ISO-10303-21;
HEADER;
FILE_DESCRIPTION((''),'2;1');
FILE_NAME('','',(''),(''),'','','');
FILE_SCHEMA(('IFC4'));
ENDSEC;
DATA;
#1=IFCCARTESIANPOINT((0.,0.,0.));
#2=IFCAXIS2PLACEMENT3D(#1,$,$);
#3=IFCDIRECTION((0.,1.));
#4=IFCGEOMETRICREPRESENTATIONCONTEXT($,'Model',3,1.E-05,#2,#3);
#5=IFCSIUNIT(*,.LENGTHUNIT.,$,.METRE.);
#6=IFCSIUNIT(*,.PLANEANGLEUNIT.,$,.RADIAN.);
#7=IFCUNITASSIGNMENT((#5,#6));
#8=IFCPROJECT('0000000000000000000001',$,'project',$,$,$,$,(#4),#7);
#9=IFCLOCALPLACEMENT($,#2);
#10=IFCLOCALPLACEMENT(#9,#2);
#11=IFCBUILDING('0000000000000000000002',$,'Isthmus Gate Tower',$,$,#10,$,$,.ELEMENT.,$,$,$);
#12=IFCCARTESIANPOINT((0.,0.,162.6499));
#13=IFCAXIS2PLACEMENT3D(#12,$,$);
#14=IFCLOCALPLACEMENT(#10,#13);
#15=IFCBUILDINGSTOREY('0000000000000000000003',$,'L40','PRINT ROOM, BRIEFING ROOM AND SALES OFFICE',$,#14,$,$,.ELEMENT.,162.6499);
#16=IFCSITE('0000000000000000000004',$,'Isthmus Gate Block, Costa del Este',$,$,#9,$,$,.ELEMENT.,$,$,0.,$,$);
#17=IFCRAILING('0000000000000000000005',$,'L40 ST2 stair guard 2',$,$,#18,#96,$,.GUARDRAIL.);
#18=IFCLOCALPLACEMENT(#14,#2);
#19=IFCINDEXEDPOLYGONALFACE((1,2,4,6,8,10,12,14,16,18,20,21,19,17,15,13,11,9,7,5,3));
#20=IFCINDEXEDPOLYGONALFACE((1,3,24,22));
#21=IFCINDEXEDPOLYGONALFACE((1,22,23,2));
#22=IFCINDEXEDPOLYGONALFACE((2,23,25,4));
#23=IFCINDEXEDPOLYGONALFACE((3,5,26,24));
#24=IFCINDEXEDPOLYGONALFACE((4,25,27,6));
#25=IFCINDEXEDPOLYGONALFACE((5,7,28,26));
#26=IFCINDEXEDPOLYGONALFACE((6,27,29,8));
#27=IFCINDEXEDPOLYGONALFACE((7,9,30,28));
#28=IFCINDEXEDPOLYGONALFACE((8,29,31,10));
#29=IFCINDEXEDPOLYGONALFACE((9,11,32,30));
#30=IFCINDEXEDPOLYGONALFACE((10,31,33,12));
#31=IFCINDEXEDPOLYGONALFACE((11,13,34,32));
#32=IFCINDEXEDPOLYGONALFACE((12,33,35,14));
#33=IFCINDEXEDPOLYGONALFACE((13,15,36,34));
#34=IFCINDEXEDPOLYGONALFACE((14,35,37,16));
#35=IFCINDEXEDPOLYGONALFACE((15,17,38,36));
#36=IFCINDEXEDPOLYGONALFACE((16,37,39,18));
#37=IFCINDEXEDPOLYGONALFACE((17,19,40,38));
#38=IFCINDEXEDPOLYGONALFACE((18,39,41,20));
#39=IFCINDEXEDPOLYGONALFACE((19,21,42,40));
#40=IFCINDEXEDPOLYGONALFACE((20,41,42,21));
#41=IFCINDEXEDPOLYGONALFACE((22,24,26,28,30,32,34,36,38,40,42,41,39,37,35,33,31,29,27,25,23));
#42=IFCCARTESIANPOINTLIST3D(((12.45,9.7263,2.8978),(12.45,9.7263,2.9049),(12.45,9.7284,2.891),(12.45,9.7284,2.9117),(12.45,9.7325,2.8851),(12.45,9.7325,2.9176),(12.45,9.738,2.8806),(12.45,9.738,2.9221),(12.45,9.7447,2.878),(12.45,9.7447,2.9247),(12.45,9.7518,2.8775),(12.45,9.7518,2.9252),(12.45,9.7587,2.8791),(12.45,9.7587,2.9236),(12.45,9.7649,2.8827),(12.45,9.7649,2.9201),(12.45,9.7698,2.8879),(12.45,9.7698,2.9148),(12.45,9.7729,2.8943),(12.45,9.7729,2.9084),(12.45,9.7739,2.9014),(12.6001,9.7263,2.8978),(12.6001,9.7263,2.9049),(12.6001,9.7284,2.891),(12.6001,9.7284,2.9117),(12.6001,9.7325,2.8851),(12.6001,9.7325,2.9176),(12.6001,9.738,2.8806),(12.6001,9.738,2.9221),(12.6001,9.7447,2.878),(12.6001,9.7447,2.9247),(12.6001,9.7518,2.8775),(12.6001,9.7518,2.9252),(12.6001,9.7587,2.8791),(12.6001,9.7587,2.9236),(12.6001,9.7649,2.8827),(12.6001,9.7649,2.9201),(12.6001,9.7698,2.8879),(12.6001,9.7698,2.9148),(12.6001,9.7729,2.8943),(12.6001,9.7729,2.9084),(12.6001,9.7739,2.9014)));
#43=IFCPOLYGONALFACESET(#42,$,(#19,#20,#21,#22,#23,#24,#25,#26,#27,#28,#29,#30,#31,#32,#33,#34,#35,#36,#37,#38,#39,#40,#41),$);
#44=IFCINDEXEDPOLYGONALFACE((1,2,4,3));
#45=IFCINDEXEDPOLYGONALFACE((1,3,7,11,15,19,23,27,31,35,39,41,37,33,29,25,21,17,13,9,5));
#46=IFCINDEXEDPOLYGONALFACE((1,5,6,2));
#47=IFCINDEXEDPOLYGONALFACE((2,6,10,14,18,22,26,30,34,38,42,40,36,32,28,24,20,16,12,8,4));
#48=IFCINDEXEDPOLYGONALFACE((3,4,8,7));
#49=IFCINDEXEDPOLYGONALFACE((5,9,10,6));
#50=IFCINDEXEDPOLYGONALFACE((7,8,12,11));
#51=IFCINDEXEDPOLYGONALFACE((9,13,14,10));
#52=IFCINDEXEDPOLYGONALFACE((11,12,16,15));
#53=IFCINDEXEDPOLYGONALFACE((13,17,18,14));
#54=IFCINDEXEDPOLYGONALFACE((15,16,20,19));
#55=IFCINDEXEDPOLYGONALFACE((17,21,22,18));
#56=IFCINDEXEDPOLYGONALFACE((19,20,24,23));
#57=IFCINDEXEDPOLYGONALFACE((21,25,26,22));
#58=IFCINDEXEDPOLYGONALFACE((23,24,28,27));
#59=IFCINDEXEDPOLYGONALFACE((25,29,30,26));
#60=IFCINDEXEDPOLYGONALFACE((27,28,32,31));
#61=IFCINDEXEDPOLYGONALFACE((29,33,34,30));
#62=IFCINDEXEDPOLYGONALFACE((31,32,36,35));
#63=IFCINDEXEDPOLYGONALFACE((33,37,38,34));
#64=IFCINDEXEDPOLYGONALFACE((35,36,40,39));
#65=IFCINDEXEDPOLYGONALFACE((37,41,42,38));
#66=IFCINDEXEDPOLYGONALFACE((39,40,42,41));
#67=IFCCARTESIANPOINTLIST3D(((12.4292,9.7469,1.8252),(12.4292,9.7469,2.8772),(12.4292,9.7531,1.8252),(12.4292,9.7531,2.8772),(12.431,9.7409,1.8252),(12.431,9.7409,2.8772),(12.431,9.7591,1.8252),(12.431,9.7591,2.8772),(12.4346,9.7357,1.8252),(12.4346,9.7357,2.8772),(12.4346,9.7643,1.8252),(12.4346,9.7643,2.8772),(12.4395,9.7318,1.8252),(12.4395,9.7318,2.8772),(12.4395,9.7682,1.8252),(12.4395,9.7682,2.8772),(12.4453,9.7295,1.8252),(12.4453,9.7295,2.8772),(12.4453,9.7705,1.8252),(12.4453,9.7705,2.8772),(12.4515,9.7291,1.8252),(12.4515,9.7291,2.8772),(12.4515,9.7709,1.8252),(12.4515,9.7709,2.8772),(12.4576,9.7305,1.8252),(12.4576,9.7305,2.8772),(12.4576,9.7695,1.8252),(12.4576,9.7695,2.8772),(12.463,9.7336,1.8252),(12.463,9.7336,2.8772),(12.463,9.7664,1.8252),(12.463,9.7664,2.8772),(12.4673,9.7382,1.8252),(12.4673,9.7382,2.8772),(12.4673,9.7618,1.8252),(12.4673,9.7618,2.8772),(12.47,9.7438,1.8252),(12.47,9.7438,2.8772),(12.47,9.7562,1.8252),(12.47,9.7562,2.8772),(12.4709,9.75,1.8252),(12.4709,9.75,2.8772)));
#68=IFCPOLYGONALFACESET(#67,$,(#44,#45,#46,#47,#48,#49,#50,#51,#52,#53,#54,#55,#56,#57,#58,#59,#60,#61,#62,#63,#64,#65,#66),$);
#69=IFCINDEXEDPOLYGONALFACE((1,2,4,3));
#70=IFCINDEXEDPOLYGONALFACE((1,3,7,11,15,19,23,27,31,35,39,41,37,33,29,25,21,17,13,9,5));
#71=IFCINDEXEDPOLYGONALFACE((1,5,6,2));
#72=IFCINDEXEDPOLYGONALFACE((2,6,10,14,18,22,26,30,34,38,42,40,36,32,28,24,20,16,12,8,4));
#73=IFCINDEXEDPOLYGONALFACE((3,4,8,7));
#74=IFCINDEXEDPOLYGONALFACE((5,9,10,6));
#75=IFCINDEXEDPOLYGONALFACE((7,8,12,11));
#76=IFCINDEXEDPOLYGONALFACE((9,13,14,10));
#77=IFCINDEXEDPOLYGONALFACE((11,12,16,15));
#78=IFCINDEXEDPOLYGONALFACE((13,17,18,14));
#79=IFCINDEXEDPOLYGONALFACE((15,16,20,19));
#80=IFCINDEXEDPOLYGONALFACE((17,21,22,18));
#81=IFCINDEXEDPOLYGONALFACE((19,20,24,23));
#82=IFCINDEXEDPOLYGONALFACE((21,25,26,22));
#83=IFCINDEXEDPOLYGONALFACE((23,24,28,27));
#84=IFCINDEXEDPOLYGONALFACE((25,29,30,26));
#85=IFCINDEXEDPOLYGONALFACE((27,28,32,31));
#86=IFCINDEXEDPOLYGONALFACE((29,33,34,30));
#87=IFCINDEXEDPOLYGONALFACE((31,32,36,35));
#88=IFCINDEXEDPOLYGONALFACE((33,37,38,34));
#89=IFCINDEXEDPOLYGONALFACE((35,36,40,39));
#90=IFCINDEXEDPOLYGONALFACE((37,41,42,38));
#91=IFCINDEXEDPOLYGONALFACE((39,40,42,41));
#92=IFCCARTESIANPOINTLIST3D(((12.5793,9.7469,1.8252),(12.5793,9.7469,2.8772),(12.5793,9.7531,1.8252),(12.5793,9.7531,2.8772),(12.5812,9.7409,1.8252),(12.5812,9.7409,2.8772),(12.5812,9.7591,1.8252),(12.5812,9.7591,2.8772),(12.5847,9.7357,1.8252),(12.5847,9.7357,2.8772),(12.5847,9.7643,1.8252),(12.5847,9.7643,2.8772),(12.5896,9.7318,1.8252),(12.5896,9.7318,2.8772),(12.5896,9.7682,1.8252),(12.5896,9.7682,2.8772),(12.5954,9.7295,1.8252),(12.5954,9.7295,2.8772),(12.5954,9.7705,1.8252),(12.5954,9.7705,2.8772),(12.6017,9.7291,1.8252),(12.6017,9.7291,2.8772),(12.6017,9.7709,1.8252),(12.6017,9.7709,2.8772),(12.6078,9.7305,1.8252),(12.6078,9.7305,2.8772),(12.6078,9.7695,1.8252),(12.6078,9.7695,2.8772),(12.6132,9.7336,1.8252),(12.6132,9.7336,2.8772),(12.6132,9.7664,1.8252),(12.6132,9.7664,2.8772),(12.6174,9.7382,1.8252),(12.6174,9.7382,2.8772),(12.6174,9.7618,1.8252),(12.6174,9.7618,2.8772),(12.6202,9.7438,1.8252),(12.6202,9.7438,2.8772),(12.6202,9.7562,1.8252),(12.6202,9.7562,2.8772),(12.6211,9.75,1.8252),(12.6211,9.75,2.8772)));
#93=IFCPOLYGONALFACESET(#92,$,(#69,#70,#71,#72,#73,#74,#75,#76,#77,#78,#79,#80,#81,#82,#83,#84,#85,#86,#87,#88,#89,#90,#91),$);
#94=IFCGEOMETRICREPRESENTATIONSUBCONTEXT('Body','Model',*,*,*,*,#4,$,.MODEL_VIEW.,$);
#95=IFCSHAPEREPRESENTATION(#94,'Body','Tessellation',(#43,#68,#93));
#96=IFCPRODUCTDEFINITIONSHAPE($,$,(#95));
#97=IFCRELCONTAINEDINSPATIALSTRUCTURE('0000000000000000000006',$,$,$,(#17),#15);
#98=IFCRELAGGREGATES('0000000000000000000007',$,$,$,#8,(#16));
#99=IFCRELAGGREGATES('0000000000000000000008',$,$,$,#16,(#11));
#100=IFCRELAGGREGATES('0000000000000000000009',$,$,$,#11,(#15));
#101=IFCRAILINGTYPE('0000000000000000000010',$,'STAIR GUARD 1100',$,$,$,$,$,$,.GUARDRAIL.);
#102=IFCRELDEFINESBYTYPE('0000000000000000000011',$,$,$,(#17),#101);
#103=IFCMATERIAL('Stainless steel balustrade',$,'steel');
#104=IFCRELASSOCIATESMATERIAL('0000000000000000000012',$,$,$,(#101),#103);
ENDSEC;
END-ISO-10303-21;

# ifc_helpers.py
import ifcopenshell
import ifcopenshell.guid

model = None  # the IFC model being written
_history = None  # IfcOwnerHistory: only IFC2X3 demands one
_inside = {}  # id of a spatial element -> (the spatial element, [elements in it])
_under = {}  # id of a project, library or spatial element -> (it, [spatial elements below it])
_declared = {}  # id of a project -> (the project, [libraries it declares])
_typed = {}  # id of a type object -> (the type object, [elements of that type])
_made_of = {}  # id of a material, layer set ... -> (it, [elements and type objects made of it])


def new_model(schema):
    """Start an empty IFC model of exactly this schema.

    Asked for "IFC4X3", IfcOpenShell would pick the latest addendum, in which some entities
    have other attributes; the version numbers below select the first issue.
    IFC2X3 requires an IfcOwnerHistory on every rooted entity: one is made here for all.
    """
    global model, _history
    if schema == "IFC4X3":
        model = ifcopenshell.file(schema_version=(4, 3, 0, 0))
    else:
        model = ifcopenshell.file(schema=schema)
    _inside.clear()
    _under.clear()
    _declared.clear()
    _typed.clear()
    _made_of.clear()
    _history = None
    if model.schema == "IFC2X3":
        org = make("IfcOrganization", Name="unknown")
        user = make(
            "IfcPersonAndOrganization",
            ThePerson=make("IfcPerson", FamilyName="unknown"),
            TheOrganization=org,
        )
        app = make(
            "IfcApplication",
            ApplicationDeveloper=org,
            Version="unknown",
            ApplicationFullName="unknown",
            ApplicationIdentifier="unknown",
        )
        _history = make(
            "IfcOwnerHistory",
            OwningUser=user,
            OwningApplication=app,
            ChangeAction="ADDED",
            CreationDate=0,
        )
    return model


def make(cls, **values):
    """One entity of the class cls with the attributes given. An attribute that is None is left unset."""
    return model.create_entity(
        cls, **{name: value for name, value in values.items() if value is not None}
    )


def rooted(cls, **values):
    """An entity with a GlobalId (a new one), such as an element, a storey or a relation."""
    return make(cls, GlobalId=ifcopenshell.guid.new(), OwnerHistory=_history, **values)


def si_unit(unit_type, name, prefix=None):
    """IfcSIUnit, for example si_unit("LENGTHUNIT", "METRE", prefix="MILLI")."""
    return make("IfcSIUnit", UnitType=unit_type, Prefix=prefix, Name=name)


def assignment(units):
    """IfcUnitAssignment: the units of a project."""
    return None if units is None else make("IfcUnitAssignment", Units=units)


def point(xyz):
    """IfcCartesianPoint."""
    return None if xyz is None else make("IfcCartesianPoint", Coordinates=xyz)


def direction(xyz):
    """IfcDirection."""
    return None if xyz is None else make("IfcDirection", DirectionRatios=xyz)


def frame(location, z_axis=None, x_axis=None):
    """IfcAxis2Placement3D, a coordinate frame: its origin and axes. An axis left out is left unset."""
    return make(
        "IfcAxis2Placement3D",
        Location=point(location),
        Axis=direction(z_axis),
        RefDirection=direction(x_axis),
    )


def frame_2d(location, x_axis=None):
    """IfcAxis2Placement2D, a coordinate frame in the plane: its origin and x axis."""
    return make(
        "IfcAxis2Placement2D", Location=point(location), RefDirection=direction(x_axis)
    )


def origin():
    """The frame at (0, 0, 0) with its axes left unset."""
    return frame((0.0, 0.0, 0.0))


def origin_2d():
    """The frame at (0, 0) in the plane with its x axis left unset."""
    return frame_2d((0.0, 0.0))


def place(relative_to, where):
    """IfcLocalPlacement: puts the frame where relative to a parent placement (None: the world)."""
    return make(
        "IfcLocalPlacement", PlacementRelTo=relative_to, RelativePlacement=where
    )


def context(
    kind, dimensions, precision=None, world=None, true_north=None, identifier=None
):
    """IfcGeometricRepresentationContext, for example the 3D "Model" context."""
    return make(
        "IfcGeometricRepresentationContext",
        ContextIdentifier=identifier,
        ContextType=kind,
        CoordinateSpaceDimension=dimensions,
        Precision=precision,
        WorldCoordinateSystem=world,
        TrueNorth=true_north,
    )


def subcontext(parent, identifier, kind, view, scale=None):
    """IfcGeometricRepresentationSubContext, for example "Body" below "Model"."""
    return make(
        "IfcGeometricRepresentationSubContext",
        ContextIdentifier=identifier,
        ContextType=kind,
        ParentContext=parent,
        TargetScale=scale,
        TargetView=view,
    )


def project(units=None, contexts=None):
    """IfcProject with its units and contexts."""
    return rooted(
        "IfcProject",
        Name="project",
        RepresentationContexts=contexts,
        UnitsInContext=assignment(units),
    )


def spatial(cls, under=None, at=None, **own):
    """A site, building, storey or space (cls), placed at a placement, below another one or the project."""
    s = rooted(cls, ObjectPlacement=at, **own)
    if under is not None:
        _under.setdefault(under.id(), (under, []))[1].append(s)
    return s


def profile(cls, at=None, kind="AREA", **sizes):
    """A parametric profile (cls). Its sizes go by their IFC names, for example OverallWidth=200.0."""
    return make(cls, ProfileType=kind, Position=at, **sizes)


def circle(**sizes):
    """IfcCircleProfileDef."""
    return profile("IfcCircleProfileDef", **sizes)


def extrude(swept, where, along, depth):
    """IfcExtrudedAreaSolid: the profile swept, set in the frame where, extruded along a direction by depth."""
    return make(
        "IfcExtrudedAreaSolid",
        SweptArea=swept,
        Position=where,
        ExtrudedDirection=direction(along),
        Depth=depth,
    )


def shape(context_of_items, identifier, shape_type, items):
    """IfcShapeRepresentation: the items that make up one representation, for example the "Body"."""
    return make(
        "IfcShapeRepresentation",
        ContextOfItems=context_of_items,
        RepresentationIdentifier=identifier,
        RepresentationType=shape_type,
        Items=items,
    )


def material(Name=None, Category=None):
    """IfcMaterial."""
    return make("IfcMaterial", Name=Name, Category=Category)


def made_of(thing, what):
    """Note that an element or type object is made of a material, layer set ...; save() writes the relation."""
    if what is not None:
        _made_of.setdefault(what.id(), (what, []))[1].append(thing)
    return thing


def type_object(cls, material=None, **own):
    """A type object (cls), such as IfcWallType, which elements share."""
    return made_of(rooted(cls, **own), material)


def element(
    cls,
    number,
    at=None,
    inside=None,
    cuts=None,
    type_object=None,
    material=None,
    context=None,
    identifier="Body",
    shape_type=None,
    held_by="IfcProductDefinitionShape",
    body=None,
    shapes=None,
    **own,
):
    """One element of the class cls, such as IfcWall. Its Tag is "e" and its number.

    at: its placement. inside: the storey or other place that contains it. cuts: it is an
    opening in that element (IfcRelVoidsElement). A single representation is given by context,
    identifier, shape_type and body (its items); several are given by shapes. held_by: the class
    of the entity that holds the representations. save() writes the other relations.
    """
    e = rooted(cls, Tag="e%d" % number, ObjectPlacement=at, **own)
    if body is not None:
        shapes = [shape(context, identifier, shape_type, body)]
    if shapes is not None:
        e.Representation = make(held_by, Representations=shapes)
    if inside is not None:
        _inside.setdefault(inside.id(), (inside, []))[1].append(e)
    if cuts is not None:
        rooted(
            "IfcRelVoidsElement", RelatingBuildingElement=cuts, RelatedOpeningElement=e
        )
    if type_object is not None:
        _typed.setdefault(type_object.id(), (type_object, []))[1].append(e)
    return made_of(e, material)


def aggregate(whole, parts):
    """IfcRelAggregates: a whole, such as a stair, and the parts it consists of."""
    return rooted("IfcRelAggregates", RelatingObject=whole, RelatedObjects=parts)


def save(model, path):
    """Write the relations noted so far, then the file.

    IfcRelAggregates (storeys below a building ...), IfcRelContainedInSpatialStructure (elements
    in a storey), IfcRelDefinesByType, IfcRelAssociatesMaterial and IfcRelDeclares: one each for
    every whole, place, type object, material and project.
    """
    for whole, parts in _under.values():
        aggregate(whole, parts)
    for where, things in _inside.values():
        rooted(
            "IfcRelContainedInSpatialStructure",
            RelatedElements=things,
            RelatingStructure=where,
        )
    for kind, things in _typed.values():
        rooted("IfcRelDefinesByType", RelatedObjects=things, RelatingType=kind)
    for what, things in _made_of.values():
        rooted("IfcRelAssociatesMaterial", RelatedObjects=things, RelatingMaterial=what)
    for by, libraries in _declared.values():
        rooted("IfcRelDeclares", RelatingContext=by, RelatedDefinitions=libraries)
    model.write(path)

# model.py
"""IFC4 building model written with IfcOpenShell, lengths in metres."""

from ifc_helpers import new_model, si_unit, direction, frame, origin, origin_2d, place, context, subcontext, project, spatial, circle, extrude, material, type_object, element, save


model = new_model("IFC4")

# Units and contexts
model_context = context("Model", 3, precision=1e-05, world=origin(), true_north=direction((0.0, 1.0)))
body_context = subcontext(model_context, "Body", "Model", "MODEL_VIEW")
ifc_project = project(units=[si_unit("LENGTHUNIT", "METRE"), si_unit("PLANEANGLEUNIT", "RADIAN")], contexts=[model_context])

# Site, building, storey
site_placement = place(None, origin())
site = spatial("IfcSite", under=ifc_project, at=site_placement, Name="Isthmus Gate Block, Costa del Este", CompositionType="ELEMENT", RefElevation=0.0)
building_placement = place(site_placement, origin())
building = spatial("IfcBuilding", under=site, at=building_placement, Name="Isthmus Gate Tower", CompositionType="ELEMENT")
storey_placement = place(building_placement, frame((0.0, 0.0, 162.6499)))
storey = spatial("IfcBuildingStorey", under=building, at=storey_placement, Name="L40", Description="PRINT ROOM, BRIEFING ROOM AND SALES OFFICE", CompositionType="ELEMENT", Elevation=162.6499)

# Railing
ifc_material_1 = material(Name="Stainless steel balustrade", Category="steel")
railing_type_1 = type_object("IfcRailingType", Name="STAIR GUARD 1100", PredefinedType="GUARDRAIL", material=ifc_material_1)
railing_1_placement = place(storey_placement, frame((12.45, 9.75, 1.8252)))
element("IfcRailing", 1, at=railing_1_placement, inside=storey, type_object=railing_type_1, Name="L40 ST2 stair guard 2", PredefinedType="GUARDRAIL", context=body_context, shape_type="SweptSolid", body=[
    extrude(circle(Radius=0.0239, at=origin_2d()), frame((0.0, 0.0, 1.0762), z_axis=(1.0, 0.0, 0.0), x_axis=(0.0, 1.0, 0.0)), (0.0, 0.0, 1.0), 0.1501),
    extrude(circle(Radius=0.021, at=origin_2d()), origin(), (0.0, 0.0, 1.0), 1.052),
    extrude(circle(Radius=0.021, at=origin_2d()), frame((0.1501, 0.0, 0.0)), (0.0, 0.0, 1.0), 1.052),
])

save(model, "model.ifc")
